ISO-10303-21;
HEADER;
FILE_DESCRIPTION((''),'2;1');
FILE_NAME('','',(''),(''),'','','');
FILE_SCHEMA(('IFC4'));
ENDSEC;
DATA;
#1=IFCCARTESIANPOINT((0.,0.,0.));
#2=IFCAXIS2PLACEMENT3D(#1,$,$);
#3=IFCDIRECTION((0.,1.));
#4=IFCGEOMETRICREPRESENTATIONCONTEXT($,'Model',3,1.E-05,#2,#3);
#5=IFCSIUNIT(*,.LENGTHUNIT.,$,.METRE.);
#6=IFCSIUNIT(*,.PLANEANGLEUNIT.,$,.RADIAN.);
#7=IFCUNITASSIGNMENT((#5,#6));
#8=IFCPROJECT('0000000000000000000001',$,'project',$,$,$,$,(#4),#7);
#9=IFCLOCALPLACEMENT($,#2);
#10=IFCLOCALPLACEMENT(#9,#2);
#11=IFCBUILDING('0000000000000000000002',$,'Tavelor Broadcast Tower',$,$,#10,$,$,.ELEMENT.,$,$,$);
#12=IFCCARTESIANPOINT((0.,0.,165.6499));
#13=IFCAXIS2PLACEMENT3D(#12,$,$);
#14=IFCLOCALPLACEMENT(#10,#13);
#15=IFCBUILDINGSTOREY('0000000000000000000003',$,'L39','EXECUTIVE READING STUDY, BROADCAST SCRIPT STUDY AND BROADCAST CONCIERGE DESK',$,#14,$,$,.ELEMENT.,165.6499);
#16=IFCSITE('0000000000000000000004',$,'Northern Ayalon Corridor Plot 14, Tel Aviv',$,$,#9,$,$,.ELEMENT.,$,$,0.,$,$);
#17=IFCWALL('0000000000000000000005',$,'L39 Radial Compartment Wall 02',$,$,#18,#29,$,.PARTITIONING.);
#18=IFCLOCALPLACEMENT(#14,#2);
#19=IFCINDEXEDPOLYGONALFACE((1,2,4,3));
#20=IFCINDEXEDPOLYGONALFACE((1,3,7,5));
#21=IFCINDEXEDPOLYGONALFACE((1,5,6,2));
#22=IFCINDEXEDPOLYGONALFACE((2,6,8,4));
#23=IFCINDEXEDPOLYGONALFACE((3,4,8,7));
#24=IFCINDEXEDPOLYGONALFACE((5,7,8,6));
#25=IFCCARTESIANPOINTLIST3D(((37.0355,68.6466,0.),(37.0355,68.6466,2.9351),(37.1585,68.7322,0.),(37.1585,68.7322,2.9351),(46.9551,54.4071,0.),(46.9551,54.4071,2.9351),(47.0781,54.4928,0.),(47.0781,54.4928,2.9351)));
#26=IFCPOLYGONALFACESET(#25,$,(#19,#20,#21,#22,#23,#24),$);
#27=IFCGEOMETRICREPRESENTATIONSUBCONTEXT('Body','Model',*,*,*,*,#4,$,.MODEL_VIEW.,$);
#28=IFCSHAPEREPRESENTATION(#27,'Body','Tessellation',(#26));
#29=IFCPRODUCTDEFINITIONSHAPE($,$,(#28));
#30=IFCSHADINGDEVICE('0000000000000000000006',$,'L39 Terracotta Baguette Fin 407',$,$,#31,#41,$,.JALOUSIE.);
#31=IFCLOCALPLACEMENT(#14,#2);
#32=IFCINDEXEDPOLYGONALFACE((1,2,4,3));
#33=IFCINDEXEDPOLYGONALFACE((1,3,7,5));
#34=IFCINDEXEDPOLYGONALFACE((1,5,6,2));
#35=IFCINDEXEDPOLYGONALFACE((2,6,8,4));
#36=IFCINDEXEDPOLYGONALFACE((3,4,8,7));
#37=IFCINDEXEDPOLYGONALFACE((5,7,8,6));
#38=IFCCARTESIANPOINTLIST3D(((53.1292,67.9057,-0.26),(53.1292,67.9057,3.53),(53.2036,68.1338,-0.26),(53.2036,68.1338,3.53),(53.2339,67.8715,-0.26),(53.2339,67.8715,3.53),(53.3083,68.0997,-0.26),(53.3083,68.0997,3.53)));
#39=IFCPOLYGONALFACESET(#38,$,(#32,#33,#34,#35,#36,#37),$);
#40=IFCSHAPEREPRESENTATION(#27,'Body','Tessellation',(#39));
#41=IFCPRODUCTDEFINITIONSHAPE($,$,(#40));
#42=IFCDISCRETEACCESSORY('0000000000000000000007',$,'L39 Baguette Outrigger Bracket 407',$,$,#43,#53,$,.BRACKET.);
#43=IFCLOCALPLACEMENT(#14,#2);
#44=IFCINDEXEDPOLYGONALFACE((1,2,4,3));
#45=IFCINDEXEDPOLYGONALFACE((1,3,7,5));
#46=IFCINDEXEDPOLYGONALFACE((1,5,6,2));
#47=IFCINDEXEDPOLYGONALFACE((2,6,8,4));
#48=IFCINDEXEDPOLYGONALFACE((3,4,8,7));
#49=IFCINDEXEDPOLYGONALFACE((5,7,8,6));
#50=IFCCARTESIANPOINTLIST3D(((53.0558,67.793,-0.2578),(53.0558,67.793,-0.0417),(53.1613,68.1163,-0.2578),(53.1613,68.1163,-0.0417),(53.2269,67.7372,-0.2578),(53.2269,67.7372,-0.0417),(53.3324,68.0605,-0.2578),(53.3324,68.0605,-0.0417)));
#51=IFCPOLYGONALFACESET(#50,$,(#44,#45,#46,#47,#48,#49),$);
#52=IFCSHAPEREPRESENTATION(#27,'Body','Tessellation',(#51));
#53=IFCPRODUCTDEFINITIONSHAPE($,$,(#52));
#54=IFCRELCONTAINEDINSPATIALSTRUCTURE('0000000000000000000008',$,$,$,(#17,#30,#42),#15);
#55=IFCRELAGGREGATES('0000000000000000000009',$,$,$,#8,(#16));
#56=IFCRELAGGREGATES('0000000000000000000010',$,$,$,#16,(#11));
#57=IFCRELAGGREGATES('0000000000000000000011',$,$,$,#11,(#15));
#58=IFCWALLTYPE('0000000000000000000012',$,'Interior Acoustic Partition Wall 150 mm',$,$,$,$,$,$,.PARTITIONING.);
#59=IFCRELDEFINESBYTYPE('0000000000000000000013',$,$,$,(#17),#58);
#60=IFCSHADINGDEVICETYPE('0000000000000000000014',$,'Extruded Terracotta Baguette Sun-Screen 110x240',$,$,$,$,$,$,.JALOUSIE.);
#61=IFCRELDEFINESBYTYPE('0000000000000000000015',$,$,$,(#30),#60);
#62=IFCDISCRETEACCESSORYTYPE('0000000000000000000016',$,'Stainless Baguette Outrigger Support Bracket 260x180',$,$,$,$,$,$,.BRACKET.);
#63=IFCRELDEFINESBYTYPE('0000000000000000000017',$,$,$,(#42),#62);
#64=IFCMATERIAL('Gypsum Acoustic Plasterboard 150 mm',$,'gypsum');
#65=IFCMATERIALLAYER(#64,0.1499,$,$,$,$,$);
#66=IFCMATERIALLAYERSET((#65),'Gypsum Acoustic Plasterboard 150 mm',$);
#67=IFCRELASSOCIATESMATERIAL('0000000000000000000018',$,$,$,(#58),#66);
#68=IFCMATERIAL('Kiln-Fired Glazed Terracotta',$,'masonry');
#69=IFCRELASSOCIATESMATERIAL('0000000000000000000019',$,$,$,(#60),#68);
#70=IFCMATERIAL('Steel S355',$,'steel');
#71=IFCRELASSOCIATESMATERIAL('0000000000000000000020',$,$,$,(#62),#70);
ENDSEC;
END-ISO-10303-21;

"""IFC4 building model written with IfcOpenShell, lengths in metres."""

from ifc_helpers import new_model, si_unit, direction, frame, frame_2d, origin, origin_2d, place, context, subcontext, project, spatial, rectangle, extrude, source, transform, mapped, material, layer, layer_set, type_object, type_shapes, element, save


model = new_model("IFC4")

# Units and contexts
model_context = context("Model", 3, precision=1e-05, world=origin(), true_north=direction((0.0, 1.0)))
body_context = subcontext(model_context, "Body", "Model", "MODEL_VIEW")
ifc_project = project(units=[si_unit("LENGTHUNIT", "METRE"), si_unit("PLANEANGLEUNIT", "RADIAN")], contexts=[model_context])

# Site, building, storey
site_placement = place(None, origin())
site = spatial("IfcSite", under=ifc_project, at=site_placement, Name="Northern Ayalon Corridor Plot 14, Tel Aviv", CompositionType="ELEMENT", RefElevation=0.0)
building_placement = place(site_placement, origin())
building = spatial("IfcBuilding", under=site, at=building_placement, Name="Tavelor Broadcast Tower", CompositionType="ELEMENT")
storey_placement = place(building_placement, frame((0.0, 0.0, 165.6499)))
storey = spatial("IfcBuildingStorey", under=building, at=storey_placement, Name="L39", Description="EXECUTIVE READING STUDY, BROADCAST SCRIPT STUDY AND BROADCAST CONCIERGE DESK", CompositionType="ELEMENT", Elevation=165.6499)

# Shared definitions
ifc_material_1 = material(Name="Steel S355", Category="steel")

# Wall
ifc_material_2 = material(Name="Gypsum Acoustic Plasterboard 150 mm", Category="gypsum")
ifc_layer_1 = layer(ifc_material_2, 0.1499)
ifc_layer_set_1 = layer_set([ifc_layer_1], Name="Gypsum Acoustic Plasterboard 150 mm")
wall_type_1 = type_object("IfcWallType", Name="Interior Acoustic Partition Wall 150 mm", PredefinedType="PARTITIONING", material=ifc_layer_set_1)
wall_1_placement = place(storey_placement, frame((47.0166, 54.45, 0.0), z_axis=(0.0, 0.0, 1.0), x_axis=(-0.571606, 0.820529, 0.0)))
element("IfcWall", 1, at=wall_1_placement, inside=storey, type_object=wall_type_1, Name="L39 Radial Compartment Wall 02", PredefinedType="PARTITIONING", context=body_context, shape_type="SweptSolid", body=[
    extrude(rectangle(XDim=17.354, YDim=0.1499, at=frame_2d((8.677, 0.0))), origin(), (0.0, 0.0, 1.0), 2.9351),
])

# Shading device
ifc_material_3 = material(Name="Kiln-Fired Glazed Terracotta", Category="masonry")
shading_device_type = type_object("IfcShadingDeviceType", Name="Extruded Terracotta Baguette Sun-Screen 110x240", PredefinedType="JALOUSIE", material=ifc_material_3)
shared_shape_1 = source(origin(), body_context, "Body", "SweptSolid", [
    extrude(rectangle(XDim=0.1101, YDim=0.24, at=origin_2d()), origin(), (0.0, 0.0, 1.0), 3.79),
])
type_shapes(shading_device_type, [shared_shape_1])
shading_device_placement = place(storey_placement, frame((53.2188, 68.0027, -0.26), z_axis=(0.0, 0.0, 1.0), x_axis=(-0.950678, 0.310179, 0.0)))
element("IfcShadingDevice", 2, at=shading_device_placement, inside=storey, type_object=shading_device_type, Name="L39 Terracotta Baguette Fin 407", PredefinedType="JALOUSIE", context=body_context, shape_type="MappedRepresentation", body=[
    mapped(shared_shape_1, transform((0.0, 0.0, 0.0), scale=1.0)),
])

# Discrete accessory
discrete_accessory_type = type_object("IfcDiscreteAccessoryType", Name="Stainless Baguette Outrigger Support Bracket 260x180", PredefinedType="BRACKET", material=ifc_material_1)
shared_shape_2 = source(origin(), body_context, "Body", "SweptSolid", [
    extrude(rectangle(XDim=0.1799, YDim=0.3401, at=origin_2d()), origin(), (0.0, 0.0, 1.0), 0.2161),
])
type_shapes(discrete_accessory_type, [shared_shape_2])
discrete_accessory_placement = place(storey_placement, frame((53.1941, 67.9268, -0.2578), z_axis=(0.0, 0.0, 1.0), x_axis=(-0.950678, 0.310179, 0.0)))
element("IfcDiscreteAccessory", 3, at=discrete_accessory_placement, inside=storey, type_object=discrete_accessory_type, Name="L39 Baguette Outrigger Bracket 407", PredefinedType="BRACKET", context=body_context, shape_type="MappedRepresentation", body=[
    mapped(shared_shape_2, transform((0.0, 0.0, 0.0), scale=1.0)),
])

save(model, "model.ifc")
